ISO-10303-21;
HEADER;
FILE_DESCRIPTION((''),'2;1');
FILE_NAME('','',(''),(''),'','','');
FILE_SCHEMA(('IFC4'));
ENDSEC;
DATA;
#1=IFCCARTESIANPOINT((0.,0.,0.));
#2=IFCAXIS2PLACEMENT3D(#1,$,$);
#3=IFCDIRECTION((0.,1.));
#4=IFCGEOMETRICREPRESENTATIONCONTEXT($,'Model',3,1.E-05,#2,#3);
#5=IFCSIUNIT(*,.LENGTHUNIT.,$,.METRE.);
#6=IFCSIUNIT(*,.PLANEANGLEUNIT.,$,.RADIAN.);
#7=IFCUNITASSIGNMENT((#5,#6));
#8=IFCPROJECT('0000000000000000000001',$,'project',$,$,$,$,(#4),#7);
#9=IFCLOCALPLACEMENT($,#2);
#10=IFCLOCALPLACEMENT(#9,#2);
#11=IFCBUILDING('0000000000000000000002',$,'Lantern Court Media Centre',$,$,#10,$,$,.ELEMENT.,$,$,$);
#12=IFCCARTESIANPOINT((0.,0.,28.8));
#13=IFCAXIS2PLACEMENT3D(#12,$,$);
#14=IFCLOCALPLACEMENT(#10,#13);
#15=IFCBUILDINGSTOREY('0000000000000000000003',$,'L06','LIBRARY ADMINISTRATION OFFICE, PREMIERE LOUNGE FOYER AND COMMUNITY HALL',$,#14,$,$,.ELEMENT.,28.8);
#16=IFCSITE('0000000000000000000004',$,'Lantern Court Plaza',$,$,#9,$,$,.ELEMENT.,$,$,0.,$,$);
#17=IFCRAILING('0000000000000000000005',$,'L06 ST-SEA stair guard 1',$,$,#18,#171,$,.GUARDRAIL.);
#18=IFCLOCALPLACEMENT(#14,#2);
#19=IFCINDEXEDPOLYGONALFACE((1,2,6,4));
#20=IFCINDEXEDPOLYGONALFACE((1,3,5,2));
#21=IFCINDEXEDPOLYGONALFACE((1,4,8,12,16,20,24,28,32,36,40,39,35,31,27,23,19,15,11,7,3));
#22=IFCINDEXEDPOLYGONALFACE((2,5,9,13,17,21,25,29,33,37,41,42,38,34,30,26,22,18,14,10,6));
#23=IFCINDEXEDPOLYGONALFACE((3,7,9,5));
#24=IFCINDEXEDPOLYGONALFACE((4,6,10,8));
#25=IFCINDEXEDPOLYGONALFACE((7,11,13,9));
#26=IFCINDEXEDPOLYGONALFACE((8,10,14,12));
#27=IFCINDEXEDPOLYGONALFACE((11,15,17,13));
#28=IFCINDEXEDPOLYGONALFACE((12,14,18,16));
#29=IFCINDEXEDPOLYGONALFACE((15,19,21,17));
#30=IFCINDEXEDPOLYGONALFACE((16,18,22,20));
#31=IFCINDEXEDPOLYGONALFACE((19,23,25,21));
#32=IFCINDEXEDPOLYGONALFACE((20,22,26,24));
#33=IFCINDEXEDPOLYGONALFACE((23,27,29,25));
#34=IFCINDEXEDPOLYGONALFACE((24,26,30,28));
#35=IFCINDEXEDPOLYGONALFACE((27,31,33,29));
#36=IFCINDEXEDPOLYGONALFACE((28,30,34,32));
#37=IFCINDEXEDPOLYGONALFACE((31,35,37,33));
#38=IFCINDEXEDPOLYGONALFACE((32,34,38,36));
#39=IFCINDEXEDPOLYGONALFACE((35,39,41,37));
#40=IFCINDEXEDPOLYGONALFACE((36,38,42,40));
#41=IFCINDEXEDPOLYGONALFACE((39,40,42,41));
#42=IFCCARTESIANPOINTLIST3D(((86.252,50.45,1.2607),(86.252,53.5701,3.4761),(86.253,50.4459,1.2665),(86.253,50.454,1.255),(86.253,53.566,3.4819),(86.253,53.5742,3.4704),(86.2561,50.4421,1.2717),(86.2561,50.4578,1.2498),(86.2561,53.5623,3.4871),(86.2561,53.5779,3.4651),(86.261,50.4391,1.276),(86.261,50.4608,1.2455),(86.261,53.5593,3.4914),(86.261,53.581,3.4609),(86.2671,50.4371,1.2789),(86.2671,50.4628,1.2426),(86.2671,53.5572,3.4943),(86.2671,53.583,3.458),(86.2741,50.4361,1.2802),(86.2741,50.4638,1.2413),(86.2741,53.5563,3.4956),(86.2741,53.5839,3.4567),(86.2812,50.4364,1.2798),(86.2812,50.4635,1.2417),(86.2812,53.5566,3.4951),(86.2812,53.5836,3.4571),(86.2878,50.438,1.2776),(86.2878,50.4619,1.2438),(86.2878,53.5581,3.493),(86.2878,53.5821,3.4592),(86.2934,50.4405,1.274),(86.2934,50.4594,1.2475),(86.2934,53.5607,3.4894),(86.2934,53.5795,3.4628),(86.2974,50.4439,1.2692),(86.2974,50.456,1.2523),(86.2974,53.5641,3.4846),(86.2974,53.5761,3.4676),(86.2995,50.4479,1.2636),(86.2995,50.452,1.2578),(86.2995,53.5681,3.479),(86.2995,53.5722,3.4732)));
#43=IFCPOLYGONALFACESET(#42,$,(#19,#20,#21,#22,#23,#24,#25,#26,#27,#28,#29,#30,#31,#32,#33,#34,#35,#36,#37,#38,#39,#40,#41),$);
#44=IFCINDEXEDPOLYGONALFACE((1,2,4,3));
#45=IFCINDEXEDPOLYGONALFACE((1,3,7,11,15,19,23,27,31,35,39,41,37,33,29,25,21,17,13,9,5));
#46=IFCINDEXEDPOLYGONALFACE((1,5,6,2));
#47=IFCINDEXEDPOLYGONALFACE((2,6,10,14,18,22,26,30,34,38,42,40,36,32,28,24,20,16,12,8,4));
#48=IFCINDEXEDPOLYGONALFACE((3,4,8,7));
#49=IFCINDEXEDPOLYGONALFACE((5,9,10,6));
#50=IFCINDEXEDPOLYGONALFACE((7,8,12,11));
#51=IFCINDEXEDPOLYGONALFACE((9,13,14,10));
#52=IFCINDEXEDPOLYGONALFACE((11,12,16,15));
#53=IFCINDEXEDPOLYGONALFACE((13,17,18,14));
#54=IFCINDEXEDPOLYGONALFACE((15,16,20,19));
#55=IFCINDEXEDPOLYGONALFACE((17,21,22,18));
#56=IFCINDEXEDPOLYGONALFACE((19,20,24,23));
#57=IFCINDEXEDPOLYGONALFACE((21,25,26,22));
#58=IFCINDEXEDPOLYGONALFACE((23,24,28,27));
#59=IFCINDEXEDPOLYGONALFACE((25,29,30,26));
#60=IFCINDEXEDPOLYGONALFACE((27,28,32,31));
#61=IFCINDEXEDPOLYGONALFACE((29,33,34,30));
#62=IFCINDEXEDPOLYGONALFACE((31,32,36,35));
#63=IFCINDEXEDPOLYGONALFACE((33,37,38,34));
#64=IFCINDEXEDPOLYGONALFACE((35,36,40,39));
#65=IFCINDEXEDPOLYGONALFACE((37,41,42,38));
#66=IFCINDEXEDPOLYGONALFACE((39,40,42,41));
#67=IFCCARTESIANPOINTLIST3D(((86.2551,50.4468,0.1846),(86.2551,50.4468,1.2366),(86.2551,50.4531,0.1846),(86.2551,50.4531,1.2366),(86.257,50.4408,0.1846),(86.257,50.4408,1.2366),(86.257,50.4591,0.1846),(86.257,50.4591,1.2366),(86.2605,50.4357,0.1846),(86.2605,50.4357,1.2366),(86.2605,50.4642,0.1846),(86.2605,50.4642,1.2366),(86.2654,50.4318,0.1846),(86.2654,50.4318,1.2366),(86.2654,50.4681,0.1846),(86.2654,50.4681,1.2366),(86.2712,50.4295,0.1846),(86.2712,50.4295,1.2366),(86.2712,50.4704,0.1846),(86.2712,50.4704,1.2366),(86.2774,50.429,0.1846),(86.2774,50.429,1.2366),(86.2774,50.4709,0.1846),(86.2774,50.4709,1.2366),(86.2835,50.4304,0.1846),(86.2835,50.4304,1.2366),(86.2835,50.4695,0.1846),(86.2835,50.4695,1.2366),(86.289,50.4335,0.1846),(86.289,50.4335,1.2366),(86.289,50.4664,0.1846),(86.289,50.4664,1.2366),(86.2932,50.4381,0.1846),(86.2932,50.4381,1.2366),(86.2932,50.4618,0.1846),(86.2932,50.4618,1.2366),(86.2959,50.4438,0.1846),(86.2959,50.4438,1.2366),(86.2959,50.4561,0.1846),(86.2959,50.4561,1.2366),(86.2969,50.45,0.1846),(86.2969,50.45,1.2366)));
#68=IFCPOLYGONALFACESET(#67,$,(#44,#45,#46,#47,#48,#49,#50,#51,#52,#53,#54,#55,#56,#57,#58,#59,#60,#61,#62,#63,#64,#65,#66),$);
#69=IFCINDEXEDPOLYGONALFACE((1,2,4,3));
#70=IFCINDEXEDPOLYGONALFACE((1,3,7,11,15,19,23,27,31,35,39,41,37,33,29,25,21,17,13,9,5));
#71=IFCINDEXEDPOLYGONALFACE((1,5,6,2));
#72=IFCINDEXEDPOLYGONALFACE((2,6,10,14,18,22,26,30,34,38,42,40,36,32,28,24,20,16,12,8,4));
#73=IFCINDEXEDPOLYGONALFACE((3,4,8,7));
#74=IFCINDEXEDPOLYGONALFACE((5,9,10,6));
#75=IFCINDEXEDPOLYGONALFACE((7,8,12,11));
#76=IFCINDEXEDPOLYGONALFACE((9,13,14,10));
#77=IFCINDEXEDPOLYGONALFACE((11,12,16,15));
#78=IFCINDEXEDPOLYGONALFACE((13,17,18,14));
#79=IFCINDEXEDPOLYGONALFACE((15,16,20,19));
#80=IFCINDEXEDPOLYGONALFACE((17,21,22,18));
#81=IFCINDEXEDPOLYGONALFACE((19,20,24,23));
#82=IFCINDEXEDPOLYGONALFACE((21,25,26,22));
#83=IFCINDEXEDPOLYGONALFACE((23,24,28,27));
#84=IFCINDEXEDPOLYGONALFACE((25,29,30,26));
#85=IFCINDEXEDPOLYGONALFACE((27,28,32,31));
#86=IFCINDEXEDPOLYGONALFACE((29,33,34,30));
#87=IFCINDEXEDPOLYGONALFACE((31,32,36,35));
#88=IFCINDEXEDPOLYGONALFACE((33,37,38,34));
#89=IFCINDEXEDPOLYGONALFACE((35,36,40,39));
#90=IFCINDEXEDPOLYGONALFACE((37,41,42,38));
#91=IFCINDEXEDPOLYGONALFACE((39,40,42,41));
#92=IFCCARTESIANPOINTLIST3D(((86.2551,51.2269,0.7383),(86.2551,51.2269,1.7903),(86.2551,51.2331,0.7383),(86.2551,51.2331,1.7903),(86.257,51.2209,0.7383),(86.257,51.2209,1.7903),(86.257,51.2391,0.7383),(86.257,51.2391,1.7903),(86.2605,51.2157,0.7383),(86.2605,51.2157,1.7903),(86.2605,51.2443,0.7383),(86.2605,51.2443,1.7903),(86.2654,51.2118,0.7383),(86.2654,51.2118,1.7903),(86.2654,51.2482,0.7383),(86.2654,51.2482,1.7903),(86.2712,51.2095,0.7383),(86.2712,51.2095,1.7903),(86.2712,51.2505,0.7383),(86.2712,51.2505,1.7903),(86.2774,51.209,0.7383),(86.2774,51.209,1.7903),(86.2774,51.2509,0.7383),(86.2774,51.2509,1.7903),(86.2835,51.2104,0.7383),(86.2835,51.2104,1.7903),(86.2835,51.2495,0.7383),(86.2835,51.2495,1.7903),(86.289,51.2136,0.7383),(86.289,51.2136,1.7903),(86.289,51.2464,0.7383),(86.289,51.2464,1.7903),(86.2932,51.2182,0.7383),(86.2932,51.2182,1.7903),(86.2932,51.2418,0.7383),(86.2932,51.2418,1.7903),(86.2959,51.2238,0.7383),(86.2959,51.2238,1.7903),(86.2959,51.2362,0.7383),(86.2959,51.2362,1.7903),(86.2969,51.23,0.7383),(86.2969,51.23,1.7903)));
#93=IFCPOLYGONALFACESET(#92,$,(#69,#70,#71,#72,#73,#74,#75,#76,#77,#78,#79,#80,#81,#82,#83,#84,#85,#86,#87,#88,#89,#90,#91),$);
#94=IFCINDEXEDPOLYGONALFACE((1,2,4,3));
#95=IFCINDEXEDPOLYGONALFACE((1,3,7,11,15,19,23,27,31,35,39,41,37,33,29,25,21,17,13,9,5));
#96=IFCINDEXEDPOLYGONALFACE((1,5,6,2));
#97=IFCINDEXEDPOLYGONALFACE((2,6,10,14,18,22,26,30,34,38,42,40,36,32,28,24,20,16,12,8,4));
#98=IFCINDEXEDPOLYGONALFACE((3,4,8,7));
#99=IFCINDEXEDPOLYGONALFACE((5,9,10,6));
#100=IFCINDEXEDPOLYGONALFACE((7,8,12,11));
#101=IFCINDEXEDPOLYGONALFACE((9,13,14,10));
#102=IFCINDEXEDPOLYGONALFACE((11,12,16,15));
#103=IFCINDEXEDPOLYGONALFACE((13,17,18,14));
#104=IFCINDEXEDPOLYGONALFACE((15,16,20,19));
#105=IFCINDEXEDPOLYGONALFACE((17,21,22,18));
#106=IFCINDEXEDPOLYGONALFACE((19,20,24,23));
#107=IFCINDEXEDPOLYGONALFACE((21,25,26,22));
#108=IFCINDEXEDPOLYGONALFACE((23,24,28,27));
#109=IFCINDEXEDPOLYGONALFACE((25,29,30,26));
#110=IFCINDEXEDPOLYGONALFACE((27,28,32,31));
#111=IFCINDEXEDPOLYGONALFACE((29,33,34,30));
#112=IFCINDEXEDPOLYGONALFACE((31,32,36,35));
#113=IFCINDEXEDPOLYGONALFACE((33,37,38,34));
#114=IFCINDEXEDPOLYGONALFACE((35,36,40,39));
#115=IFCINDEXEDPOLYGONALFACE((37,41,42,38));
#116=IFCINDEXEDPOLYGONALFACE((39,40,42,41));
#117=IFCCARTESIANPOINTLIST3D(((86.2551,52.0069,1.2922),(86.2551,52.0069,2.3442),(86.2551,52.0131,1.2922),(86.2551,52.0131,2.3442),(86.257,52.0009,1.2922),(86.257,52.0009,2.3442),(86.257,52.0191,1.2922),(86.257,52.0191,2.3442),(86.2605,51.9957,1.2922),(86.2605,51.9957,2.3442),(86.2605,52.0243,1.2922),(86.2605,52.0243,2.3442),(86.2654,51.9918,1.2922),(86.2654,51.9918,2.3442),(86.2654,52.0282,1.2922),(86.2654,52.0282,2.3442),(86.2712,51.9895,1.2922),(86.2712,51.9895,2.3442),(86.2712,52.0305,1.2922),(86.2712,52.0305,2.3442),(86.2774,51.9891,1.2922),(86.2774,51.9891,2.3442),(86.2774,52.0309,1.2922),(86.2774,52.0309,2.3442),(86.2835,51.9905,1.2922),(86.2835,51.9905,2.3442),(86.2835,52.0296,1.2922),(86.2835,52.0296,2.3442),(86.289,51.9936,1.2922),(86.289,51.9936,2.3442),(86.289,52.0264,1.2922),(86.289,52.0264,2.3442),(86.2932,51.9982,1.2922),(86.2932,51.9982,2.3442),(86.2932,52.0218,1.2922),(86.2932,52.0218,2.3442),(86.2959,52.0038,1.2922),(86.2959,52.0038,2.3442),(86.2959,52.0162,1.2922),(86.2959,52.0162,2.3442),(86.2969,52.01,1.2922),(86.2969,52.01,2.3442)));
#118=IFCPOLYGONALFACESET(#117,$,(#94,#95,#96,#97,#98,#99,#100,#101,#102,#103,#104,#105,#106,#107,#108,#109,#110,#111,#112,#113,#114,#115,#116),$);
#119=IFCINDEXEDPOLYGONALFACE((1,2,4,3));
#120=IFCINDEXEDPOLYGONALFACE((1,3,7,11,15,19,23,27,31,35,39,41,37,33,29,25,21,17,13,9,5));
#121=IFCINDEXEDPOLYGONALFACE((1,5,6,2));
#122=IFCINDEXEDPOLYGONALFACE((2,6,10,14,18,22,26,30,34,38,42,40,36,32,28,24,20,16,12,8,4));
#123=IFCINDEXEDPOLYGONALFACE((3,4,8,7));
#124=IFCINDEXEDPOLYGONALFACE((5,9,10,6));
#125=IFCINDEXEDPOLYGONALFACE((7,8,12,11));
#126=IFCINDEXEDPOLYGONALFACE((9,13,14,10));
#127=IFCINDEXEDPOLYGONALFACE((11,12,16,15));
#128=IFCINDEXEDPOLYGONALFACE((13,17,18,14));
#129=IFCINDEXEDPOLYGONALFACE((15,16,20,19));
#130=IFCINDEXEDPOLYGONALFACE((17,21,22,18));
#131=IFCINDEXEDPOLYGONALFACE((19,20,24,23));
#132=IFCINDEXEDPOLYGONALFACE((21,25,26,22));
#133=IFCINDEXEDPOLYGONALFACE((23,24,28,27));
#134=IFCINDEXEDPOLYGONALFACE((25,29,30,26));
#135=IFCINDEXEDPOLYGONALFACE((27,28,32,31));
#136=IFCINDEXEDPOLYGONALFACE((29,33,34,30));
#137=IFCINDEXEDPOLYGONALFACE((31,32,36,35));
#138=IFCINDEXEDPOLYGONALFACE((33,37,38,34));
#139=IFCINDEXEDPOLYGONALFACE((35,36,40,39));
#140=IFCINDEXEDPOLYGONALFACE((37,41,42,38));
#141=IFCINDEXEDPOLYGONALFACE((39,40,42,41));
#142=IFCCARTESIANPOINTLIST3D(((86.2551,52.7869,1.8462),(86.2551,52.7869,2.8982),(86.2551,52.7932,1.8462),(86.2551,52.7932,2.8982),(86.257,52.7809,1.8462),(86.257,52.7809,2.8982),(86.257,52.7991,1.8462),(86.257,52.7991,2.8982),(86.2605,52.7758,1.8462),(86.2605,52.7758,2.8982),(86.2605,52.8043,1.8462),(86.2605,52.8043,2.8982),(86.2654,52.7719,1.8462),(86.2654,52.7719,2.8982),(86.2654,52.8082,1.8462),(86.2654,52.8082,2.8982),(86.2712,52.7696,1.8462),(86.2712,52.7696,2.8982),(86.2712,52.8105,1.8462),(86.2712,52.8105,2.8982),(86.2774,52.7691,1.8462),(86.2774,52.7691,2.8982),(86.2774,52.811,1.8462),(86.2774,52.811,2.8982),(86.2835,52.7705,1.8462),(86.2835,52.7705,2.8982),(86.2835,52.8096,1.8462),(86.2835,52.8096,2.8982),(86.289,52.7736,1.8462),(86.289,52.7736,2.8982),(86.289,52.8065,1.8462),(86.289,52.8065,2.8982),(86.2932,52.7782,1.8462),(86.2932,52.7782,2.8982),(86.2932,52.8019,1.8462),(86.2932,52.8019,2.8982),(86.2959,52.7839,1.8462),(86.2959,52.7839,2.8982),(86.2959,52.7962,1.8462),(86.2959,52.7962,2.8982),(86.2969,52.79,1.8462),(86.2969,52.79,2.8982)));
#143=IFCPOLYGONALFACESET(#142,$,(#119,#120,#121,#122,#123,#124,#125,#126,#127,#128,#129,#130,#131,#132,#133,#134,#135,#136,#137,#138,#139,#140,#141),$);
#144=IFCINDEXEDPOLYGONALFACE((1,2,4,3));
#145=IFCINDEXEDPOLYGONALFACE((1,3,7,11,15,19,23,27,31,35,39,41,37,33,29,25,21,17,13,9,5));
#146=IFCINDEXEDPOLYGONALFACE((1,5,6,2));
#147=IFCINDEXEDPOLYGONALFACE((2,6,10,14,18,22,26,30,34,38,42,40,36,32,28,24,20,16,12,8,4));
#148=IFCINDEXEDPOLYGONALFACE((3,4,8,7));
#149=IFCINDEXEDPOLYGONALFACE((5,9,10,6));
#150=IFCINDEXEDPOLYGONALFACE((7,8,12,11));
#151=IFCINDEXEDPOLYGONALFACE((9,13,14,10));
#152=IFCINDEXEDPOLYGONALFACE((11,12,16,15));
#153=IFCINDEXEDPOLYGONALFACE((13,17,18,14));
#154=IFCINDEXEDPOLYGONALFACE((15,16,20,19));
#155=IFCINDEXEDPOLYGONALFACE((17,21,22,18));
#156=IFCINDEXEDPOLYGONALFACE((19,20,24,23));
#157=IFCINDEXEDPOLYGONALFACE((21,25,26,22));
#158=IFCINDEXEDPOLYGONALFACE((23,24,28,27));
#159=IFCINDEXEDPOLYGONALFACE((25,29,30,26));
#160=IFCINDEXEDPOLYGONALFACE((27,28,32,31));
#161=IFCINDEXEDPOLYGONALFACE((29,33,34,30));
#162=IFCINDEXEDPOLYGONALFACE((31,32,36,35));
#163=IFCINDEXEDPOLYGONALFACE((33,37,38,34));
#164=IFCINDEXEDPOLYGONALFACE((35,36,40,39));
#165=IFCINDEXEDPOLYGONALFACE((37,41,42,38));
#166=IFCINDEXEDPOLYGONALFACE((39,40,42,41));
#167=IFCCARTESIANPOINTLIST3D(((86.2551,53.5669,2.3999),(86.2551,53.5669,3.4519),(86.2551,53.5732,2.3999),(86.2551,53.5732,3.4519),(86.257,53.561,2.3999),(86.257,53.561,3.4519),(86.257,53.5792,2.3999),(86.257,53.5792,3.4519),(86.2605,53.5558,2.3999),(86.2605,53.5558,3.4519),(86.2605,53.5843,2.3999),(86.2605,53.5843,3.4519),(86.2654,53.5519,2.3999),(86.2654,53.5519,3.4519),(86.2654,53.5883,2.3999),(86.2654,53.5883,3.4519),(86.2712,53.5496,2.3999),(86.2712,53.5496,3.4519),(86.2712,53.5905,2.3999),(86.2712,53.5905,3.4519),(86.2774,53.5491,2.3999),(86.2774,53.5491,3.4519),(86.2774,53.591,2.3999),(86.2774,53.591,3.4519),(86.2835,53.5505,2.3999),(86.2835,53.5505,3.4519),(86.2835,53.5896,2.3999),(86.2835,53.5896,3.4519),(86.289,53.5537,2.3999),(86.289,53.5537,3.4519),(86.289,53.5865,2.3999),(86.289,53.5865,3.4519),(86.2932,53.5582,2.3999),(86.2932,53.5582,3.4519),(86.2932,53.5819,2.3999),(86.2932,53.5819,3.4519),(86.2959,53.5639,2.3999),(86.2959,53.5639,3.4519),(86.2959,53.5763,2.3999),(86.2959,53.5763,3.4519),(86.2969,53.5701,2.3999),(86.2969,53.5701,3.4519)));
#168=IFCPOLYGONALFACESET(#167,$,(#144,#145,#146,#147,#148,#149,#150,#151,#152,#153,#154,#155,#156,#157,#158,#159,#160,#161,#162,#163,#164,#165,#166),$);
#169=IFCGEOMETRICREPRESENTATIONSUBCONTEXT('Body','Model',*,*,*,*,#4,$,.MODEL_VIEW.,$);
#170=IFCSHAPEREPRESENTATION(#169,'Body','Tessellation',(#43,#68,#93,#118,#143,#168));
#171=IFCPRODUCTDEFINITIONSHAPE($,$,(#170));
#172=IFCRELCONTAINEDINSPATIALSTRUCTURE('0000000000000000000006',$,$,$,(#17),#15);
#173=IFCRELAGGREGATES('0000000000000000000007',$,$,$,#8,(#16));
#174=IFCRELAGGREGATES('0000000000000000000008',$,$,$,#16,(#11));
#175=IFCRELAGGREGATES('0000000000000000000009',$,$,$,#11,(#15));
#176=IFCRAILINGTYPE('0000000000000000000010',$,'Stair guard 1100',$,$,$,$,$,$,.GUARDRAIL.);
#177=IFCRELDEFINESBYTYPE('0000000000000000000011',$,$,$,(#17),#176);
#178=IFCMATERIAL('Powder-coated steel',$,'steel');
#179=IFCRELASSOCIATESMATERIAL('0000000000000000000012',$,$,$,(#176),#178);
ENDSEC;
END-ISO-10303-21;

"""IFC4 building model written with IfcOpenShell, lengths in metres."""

from ifc_helpers import new_model, si_unit, direction, frame, origin, origin_2d, place, context, subcontext, project, spatial, circle, extrude, material, type_object, element, save


model = new_model("IFC4")

# Units and contexts
model_context = context("Model", 3, precision=1e-05, world=origin(), true_north=direction((0.0, 1.0)))
body_context = subcontext(model_context, "Body", "Model", "MODEL_VIEW")
ifc_project = project(units=[si_unit("LENGTHUNIT", "METRE"), si_unit("PLANEANGLEUNIT", "RADIAN")], contexts=[model_context])

# Site, building, storey
site_placement = place(None, origin())
site = spatial("IfcSite", under=ifc_project, at=site_placement, Name="Lantern Court Plaza", CompositionType="ELEMENT", RefElevation=0.0)
building_placement = place(site_placement, origin())
building = spatial("IfcBuilding", under=site, at=building_placement, Name="Lantern Court Media Centre", CompositionType="ELEMENT")
storey_placement = place(building_placement, frame((0.0, 0.0, 28.8)))
storey = spatial("IfcBuildingStorey", under=building, at=storey_placement, Name="L06", Description="LIBRARY ADMINISTRATION OFFICE, PREMIERE LOUNGE FOYER AND COMMUNITY HALL", CompositionType="ELEMENT", Elevation=28.8)

# Shared definitions
ifc_material_1 = material(Name="Powder-coated steel", Category="steel")

# Railing
railing_type_1 = type_object("IfcRailingType", Name="Stair guard 1100", PredefinedType="GUARDRAIL", material=ifc_material_1)
railing_1_placement = place(storey_placement, frame((86.2759, 50.45, 0.1846)))
element("IfcRailing", 1, at=railing_1_placement, inside=storey, type_object=railing_type_1, Name="L06 ST-SEA stair guard 1", PredefinedType="GUARDRAIL", context=body_context, shape_type="SweptSolid", body=[
    extrude(circle(Radius=0.0239, at=origin_2d()), frame((0.0, 0.0, 1.0762), z_axis=(0.0, 0.815377, 0.57893), x_axis=(-1.0, 0.0, 0.0)), (0.0, 0.0, 1.0), 3.8267),
    extrude(circle(Radius=0.021, at=origin_2d()), origin(), (0.0, 0.0, 1.0), 1.052),
    extrude(circle(Radius=0.021, at=origin_2d()), frame((0.0, 0.78, 0.5537)), (0.0, 0.0, 1.0), 1.052),
    extrude(circle(Radius=0.021, at=origin_2d()), frame((0.0, 1.5601, 1.1077)), (0.0, 0.0, 1.0), 1.052),
    extrude(circle(Radius=0.021, at=origin_2d()), frame((0.0, 2.3401, 1.6616)), (0.0, 0.0, 1.0), 1.052),
    extrude(circle(Radius=0.021, at=origin_2d()), frame((0.0, 3.1201, 2.2153)), (0.0, 0.0, 1.0), 1.052),
])

save(model, "model.ifc")
